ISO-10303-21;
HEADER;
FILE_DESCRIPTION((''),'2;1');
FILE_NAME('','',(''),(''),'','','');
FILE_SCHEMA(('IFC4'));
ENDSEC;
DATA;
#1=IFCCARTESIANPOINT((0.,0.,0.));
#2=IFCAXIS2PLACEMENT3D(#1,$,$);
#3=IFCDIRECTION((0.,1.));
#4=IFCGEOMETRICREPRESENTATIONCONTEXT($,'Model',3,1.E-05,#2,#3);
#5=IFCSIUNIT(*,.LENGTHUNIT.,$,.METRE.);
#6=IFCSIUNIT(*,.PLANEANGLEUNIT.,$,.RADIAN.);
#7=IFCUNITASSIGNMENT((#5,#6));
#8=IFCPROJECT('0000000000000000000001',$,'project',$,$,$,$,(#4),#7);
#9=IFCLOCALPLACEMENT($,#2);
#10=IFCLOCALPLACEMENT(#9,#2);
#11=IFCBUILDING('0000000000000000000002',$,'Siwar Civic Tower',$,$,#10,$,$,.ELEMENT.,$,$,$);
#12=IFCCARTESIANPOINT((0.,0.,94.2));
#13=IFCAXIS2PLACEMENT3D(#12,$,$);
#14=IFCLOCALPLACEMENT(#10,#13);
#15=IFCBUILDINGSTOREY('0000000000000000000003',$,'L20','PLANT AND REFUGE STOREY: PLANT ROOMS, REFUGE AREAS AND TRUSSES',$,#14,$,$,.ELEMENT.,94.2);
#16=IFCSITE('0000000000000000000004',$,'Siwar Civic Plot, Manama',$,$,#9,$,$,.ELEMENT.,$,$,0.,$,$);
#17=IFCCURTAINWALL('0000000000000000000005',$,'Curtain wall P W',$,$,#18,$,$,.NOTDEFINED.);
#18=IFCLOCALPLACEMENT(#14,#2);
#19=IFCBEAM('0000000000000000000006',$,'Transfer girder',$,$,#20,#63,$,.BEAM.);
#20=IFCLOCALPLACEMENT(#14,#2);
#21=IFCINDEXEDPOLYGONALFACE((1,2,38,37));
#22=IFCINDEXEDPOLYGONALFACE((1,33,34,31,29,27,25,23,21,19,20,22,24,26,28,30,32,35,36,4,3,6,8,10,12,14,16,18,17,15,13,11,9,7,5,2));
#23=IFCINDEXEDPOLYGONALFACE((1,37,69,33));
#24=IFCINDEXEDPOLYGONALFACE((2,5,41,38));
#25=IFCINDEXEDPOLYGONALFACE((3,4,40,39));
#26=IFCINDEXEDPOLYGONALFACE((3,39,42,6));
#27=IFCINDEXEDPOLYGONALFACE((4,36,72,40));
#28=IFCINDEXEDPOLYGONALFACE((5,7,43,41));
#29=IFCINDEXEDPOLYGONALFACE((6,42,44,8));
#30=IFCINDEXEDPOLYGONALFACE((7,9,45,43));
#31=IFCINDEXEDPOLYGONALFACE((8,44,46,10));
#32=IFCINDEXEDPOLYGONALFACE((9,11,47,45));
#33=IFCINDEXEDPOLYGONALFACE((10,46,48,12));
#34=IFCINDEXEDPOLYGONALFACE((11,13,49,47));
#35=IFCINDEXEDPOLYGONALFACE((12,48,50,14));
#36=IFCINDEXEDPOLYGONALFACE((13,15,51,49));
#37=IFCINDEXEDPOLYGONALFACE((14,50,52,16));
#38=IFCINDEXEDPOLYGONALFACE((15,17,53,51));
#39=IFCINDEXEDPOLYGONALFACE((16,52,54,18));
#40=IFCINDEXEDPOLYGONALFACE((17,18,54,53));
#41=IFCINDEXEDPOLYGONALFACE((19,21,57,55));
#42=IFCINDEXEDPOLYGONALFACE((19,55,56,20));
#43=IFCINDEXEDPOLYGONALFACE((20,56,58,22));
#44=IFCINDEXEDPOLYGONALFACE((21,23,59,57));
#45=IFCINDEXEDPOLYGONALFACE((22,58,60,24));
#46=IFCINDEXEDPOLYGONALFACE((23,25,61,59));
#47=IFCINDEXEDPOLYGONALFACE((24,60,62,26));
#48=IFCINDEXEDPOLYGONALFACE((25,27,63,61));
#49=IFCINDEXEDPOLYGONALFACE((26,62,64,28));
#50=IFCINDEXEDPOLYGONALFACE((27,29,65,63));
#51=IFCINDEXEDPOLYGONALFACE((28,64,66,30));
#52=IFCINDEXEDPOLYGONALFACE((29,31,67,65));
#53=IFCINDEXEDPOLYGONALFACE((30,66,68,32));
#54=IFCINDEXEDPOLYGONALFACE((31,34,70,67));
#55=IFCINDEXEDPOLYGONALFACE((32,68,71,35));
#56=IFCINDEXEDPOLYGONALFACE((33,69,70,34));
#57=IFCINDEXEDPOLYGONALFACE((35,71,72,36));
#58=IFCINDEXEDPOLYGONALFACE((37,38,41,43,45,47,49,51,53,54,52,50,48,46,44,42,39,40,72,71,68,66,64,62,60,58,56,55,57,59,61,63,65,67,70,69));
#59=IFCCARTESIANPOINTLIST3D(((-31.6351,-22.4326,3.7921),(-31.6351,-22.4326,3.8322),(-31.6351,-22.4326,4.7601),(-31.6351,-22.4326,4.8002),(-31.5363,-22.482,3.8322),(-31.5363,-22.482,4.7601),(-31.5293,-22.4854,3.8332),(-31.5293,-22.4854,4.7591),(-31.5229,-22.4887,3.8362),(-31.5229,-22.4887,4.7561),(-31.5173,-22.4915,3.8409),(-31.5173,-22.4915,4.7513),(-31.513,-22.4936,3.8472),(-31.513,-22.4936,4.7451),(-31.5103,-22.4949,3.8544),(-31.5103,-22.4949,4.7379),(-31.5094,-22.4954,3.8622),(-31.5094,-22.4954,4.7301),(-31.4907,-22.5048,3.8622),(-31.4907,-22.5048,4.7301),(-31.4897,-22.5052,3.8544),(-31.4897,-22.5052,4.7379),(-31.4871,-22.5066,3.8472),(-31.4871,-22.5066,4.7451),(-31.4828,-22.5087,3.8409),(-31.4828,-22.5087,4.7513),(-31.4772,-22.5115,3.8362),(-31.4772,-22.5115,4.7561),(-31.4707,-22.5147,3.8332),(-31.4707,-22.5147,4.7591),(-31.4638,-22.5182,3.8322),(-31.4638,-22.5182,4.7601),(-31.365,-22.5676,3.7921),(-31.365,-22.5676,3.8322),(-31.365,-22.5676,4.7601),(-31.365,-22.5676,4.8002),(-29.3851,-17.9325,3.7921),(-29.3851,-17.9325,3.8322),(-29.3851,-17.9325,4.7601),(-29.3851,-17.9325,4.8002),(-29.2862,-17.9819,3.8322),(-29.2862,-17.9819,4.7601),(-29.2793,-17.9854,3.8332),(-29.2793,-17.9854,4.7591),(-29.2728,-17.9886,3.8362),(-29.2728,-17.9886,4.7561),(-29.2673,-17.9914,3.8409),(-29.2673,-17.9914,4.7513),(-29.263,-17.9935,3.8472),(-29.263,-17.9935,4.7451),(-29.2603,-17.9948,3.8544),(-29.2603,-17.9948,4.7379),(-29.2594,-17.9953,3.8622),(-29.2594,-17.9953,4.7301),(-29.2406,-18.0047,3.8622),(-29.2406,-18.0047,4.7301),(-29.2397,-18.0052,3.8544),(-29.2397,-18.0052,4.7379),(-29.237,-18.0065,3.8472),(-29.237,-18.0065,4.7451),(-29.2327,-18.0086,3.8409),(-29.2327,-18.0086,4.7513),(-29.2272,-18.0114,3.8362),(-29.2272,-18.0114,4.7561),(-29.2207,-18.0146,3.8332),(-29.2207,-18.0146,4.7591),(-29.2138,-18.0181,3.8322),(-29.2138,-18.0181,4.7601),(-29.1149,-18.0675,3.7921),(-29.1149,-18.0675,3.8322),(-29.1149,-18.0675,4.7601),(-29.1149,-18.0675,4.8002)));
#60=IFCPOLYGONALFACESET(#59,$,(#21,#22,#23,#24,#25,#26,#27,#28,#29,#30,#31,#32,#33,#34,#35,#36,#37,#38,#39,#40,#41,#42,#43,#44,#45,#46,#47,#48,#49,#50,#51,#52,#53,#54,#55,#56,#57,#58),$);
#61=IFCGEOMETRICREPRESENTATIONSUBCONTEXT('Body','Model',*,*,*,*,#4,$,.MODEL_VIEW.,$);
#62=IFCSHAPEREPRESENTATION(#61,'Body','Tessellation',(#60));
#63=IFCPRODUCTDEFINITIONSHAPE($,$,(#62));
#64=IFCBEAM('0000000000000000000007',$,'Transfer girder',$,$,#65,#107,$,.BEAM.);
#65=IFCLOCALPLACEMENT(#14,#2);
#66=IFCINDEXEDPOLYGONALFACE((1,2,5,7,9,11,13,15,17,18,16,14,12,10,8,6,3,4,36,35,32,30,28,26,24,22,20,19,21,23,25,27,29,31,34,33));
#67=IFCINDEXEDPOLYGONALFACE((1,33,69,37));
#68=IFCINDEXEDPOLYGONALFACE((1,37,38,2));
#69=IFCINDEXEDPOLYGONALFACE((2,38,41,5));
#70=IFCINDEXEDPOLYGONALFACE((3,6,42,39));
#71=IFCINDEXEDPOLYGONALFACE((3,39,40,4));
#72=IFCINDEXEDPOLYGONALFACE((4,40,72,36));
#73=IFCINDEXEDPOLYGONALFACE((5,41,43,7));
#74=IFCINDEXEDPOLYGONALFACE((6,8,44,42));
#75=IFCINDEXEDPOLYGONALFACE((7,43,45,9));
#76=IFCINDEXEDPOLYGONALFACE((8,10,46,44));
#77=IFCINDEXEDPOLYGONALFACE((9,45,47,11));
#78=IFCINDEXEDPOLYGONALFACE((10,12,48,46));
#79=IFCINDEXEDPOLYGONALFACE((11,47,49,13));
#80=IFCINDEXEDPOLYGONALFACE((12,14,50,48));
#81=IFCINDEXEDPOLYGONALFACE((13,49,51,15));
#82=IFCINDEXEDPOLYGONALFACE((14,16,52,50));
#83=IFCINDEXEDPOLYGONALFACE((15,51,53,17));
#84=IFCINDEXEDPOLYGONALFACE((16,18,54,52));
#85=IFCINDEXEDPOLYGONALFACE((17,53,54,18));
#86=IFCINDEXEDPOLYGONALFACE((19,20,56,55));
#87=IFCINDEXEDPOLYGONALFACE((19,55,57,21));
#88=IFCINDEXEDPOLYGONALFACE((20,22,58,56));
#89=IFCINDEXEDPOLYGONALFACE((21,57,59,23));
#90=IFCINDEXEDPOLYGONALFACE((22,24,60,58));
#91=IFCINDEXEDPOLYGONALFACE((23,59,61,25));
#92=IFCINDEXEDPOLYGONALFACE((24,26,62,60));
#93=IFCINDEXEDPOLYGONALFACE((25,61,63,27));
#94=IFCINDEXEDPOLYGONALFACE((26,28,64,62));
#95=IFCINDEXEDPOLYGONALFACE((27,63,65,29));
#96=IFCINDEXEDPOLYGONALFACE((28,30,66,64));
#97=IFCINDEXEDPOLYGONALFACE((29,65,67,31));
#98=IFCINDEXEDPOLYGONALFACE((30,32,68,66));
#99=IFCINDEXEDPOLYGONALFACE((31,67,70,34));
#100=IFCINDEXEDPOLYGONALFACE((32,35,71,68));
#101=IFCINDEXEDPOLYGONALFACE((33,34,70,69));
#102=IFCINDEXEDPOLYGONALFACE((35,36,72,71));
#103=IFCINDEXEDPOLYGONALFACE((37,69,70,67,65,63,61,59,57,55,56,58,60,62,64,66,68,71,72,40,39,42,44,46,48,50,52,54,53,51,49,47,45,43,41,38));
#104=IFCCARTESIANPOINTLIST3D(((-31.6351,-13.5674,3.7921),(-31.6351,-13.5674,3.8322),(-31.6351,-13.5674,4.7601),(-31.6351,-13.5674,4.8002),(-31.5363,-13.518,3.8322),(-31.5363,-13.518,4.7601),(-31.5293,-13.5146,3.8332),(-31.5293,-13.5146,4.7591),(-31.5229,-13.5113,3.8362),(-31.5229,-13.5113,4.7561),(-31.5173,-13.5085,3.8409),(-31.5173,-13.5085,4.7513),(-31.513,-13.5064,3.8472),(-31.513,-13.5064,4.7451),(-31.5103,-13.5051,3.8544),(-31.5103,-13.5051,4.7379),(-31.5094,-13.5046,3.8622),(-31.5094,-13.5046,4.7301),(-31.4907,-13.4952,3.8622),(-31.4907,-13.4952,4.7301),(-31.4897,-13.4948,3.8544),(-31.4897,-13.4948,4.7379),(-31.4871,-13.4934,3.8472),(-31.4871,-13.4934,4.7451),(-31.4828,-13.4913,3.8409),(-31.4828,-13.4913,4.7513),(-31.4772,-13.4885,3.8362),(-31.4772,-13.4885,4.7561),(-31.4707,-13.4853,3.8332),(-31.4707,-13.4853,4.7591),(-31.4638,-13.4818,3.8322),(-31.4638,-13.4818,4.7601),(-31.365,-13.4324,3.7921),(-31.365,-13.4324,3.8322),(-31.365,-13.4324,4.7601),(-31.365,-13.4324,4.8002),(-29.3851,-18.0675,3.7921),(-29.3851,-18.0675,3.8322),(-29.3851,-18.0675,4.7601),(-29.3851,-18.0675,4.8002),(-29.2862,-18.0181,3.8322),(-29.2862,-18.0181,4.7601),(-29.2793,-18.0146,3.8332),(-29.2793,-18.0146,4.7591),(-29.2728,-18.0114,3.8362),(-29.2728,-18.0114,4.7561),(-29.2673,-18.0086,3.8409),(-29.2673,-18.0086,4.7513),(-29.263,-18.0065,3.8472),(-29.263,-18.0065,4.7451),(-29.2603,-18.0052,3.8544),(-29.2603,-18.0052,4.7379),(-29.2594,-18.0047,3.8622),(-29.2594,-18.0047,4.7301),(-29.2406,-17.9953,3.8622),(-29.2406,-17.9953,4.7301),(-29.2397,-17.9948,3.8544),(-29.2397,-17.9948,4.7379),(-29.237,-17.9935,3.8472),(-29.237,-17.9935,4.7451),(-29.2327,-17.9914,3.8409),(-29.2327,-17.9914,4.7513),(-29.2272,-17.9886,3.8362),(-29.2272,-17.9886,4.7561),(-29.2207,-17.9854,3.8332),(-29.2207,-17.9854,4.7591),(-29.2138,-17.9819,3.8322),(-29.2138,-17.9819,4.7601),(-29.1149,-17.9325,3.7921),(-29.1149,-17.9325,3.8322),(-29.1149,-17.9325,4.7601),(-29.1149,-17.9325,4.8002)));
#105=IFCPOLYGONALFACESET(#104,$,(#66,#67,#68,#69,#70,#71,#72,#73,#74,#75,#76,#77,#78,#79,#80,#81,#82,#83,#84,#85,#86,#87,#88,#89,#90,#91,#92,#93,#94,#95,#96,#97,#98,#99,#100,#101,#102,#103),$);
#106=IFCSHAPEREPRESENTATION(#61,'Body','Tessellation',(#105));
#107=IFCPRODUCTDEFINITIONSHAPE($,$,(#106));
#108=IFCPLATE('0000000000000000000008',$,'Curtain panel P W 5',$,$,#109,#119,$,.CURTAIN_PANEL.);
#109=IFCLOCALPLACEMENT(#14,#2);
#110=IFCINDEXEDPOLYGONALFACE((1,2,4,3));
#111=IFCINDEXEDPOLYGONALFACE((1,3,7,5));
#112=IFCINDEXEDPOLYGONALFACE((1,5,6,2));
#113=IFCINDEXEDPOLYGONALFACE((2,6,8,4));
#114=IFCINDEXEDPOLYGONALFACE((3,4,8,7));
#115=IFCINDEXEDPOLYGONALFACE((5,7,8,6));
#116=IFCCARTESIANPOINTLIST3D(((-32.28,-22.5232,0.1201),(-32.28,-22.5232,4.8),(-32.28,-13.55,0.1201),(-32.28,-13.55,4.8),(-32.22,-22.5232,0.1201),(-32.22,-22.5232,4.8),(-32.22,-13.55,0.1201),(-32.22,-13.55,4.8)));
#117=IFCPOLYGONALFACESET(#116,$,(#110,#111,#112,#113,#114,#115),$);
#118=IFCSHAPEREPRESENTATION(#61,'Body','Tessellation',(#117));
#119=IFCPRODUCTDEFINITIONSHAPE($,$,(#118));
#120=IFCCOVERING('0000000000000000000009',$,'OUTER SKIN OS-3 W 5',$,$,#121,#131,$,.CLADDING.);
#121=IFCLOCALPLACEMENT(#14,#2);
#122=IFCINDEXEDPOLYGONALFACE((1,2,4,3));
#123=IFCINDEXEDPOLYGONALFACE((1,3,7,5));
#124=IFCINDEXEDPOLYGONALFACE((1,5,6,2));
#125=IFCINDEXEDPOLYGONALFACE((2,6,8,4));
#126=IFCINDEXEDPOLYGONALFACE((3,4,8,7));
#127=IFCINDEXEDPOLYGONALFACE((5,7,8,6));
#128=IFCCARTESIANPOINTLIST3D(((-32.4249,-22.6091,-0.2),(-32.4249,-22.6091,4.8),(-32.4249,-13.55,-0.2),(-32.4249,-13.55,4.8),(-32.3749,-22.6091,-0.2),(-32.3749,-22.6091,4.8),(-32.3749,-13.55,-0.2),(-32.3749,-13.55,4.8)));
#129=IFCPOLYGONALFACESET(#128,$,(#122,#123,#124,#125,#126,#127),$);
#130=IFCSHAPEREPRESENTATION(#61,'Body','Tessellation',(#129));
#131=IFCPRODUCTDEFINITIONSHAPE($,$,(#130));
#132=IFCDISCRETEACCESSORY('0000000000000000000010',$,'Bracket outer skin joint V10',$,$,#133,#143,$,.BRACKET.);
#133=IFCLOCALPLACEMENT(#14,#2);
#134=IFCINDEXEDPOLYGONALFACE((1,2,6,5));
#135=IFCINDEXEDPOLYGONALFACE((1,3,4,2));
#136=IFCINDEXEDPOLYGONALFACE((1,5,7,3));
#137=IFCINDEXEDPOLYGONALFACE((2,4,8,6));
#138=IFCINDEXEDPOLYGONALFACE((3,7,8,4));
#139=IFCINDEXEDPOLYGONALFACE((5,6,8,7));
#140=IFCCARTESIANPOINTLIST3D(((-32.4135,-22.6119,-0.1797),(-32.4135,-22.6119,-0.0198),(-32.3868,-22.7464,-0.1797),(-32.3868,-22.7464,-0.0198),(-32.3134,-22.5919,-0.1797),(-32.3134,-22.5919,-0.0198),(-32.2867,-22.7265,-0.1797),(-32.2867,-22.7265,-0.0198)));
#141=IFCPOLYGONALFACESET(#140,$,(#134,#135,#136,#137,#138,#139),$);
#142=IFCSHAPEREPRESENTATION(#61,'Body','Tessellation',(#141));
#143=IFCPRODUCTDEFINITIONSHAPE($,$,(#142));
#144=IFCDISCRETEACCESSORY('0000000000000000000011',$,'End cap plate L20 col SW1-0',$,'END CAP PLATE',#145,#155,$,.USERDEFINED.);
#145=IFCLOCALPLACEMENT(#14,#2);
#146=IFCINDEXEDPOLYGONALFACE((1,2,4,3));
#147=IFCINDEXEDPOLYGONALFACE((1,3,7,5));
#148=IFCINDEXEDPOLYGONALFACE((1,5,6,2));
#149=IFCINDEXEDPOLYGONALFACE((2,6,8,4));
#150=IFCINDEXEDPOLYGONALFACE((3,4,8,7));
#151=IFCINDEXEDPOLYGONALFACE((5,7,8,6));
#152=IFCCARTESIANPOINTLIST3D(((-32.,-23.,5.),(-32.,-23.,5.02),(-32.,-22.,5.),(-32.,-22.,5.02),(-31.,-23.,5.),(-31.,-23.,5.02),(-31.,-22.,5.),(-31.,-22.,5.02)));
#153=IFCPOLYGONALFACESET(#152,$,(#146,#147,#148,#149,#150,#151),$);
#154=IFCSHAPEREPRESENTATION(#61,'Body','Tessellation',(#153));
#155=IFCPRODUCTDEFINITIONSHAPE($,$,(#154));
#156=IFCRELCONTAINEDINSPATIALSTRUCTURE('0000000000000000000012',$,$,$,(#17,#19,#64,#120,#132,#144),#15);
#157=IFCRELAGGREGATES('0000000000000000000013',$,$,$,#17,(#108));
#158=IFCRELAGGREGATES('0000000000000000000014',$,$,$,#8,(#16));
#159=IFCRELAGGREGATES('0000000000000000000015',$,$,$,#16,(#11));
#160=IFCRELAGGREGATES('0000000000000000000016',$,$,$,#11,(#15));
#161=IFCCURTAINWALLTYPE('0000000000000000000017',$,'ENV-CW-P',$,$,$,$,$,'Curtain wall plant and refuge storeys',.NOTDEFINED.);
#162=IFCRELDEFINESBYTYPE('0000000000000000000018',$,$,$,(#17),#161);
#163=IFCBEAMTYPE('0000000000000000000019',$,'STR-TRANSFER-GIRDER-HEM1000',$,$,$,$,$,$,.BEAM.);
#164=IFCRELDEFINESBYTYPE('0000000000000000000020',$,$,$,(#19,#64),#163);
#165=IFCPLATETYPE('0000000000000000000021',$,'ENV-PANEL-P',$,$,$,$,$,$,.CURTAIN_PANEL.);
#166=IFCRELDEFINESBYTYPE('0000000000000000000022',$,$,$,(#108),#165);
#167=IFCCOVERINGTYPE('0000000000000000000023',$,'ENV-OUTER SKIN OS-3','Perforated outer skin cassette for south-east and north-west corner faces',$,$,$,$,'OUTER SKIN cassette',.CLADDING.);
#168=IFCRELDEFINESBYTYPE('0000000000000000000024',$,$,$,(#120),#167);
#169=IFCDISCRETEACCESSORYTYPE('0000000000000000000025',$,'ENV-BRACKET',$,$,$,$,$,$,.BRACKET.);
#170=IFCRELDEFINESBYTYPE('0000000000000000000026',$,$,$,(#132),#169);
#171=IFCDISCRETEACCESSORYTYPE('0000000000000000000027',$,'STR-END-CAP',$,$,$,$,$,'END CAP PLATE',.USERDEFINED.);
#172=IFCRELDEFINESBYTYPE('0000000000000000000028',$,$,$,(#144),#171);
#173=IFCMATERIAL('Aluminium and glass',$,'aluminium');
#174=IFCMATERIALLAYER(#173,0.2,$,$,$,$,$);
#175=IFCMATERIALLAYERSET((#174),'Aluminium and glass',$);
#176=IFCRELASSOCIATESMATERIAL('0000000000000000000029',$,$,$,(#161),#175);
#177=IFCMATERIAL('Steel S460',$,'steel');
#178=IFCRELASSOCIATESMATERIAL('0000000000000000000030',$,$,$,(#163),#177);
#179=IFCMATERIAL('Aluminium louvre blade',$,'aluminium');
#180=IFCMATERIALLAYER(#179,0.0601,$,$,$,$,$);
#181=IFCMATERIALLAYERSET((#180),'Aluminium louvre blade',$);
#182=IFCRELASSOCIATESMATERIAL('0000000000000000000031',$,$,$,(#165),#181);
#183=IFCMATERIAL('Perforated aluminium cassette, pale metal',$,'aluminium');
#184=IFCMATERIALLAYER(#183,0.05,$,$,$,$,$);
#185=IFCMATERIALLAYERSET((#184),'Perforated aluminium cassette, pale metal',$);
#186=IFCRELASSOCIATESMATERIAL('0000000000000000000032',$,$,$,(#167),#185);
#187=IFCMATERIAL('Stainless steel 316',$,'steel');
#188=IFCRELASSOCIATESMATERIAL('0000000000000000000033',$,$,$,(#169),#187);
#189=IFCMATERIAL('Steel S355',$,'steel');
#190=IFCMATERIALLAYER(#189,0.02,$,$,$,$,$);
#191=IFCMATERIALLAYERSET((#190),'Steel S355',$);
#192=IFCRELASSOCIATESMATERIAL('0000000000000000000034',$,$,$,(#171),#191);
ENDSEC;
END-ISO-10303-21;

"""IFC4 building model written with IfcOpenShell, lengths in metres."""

from ifc_helpers import new_model, si_unit, direction, frame, origin, origin_2d, place, context, subcontext, project, spatial, rectangle, i_section, extrude, material, layer, layer_set, material_profile, profile_set, type_object, element, aggregate, save


model = new_model("IFC4")

# Units and contexts
model_context = context("Model", 3, precision=1e-05, world=origin(), true_north=direction((0.0, 1.0)))
body_context = subcontext(model_context, "Body", "Model", "MODEL_VIEW")
ifc_project = project(units=[si_unit("LENGTHUNIT", "METRE"), si_unit("PLANEANGLEUNIT", "RADIAN")], contexts=[model_context])

# Site, building, storey
site_placement = place(None, origin())
site = spatial("IfcSite", under=ifc_project, at=site_placement, Name="Siwar Civic Plot, Manama", CompositionType="ELEMENT", RefElevation=0.0)
building_placement = place(site_placement, origin())
building = spatial("IfcBuilding", under=site, at=building_placement, Name="Siwar Civic Tower", CompositionType="ELEMENT")
storey_placement = place(building_placement, frame((0.0, 0.0, 94.2)))
storey = spatial("IfcBuildingStorey", under=building, at=storey_placement, Name="L20", Description="PLANT AND REFUGE STOREY: PLANT ROOMS, REFUGE AREAS AND TRUSSES", CompositionType="ELEMENT", Elevation=94.2)

# Curtain wall
ifc_material_1 = material(Name="Aluminium and glass", Category="aluminium")
ifc_layer_1 = layer(ifc_material_1, 0.2)
ifc_layer_set_1 = layer_set([ifc_layer_1], Name="Aluminium and glass")
curtain_wall_type = type_object("IfcCurtainWallType", Name="ENV-CW-P", ElementType="Curtain wall plant and refuge storeys", PredefinedType="NOTDEFINED", material=ifc_layer_set_1)
curtain_wall_1_placement = place(storey_placement, origin())
curtain_wall_1 = element("IfcCurtainWall", 1, at=curtain_wall_1_placement, inside=storey, type_object=curtain_wall_type, Name="Curtain wall P W", PredefinedType="NOTDEFINED")

# Beams
ifc_material_2 = material(Name="Steel S460", Category="steel")
ifc_material_profile_1 = material_profile(ifc_material_2, i_section(OverallWidth=0.302, OverallDepth=1.0081, WebThickness=0.021, FlangeThickness=0.04, FilletRadius=0.03, at=origin_2d()), Name="HEM1000")
ifc_profile_set_1 = profile_set([ifc_material_profile_1], Name="Steel S460")
beam_type_1 = type_object("IfcBeamType", Name="STR-TRANSFER-GIRDER-HEM1000", PredefinedType="BEAM", material=ifc_profile_set_1)
for number, where, z_axis, x_axis, name in (
    (2, (-29.25, -18.0, 4.2961), (-0.447214, -0.894427, 0.0), (0.894427, -0.447214, 0.0), "Transfer girder"),
    (3, (-29.25, -18.0, 4.2961), (-0.447214, 0.894427, 0.0), (-0.894427, -0.447214, 0.0), "Transfer girder"),
):
    element("IfcBeam", number, at=place(storey_placement, frame(where, z_axis=z_axis, x_axis=x_axis)), inside=storey, type_object=beam_type_1, Name=name, PredefinedType="BEAM", context=body_context, shape_type="SweptSolid", body=[
        extrude(i_section(OverallWidth=0.302, OverallDepth=1.0081, WebThickness=0.021, FlangeThickness=0.04, FilletRadius=0.03, at=origin_2d()), origin(), (0.0, 0.0, 1.0), 5.0312),
    ])

# Plate
ifc_material_3 = material(Name="Aluminium louvre blade", Category="aluminium")
ifc_layer_2 = layer(ifc_material_3, 0.0601)
ifc_layer_set_2 = layer_set([ifc_layer_2], Name="Aluminium louvre blade")
plate_type = type_object("IfcPlateType", Name="ENV-PANEL-P", PredefinedType="CURTAIN_PANEL", material=ifc_layer_set_2)
plate_placement = place(storey_placement, frame((-32.25, -18.0366, 0.1201), z_axis=(0.0, 0.0, 1.0), x_axis=(0.0, -1.0, 0.0)))
plate = element("IfcPlate", 4, at=plate_placement, type_object=plate_type, Name="Curtain panel P W 5", PredefinedType="CURTAIN_PANEL", context=body_context, shape_type="SweptSolid", body=[
    extrude(rectangle(XDim=8.9731, YDim=0.0601, at=origin_2d()), origin(), (0.0, 0.0, 1.0), 4.6799),
])
aggregate(curtain_wall_1, [plate])

# Covering
ifc_material_4 = material(Name="Perforated aluminium cassette, pale metal", Category="aluminium")
ifc_layer_3 = layer(ifc_material_4, 0.05)
ifc_layer_set_3 = layer_set([ifc_layer_3], Name="Perforated aluminium cassette, pale metal")
covering_type = type_object("IfcCoveringType", Name="ENV-OUTER SKIN OS-3", Description="Perforated outer skin cassette for south-east and north-west corner faces", ElementType="OUTER SKIN cassette", PredefinedType="CLADDING", material=ifc_layer_set_3)
covering_placement = place(storey_placement, frame((-32.3999, -18.0796, -0.2), z_axis=(0.0, 0.0, 1.0), x_axis=(0.0, -1.0, 0.0)))
element("IfcCovering", 5, at=covering_placement, inside=storey, type_object=covering_type, Name="OUTER SKIN OS-3 W 5", PredefinedType="CLADDING", context=body_context, shape_type="SweptSolid", body=[
    extrude(rectangle(XDim=9.0591, YDim=0.05, at=origin_2d()), origin(), (0.0, 0.0, 1.0), 5.0),
])

# Discrete accessories
ifc_material_5 = material(Name="Stainless steel 316", Category="steel")
discrete_accessory_type_1 = type_object("IfcDiscreteAccessoryType", Name="ENV-BRACKET", PredefinedType="BRACKET", material=ifc_material_5)
discrete_accessory_1_placement = place(storey_placement, frame((-32.3501, -22.6692, -0.1797), z_axis=(0.0, 0.0, 1.0), x_axis=(-0.980785, -0.19509, 0.0)))
element("IfcDiscreteAccessory", 6, at=discrete_accessory_1_placement, inside=storey, type_object=discrete_accessory_type_1, Name="Bracket outer skin joint V10", PredefinedType="BRACKET", context=body_context, shape_type="SweptSolid", body=[
    extrude(rectangle(XDim=0.1021, YDim=0.1372, at=origin_2d()), origin(), (0.0, 0.0, 1.0), 0.1599),
])
ifc_material_6 = material(Name="Steel S355", Category="steel")
ifc_layer_4 = layer(ifc_material_6, 0.02)
ifc_layer_set_4 = layer_set([ifc_layer_4], Name="Steel S355")
discrete_accessory_type_2 = type_object("IfcDiscreteAccessoryType", Name="STR-END-CAP", ElementType="END CAP PLATE", PredefinedType="USERDEFINED", material=ifc_layer_set_4)
discrete_accessory_2_placement = place(storey_placement, frame((-31.5, -22.5, 5.0), z_axis=(0.0, 0.0, 1.0), x_axis=(1.0, 0.0, 0.0)))
element("IfcDiscreteAccessory", 7, at=discrete_accessory_2_placement, inside=storey, type_object=discrete_accessory_type_2, Name="End cap plate L20 col SW1-0", ObjectType="END CAP PLATE", PredefinedType="USERDEFINED", context=body_context, shape_type="SweptSolid", body=[
    extrude(rectangle(XDim=1.0, YDim=1.0, at=origin_2d()), origin(), (0.0, 0.0, 1.0), 0.02),
])

save(model, "model.ifc")
